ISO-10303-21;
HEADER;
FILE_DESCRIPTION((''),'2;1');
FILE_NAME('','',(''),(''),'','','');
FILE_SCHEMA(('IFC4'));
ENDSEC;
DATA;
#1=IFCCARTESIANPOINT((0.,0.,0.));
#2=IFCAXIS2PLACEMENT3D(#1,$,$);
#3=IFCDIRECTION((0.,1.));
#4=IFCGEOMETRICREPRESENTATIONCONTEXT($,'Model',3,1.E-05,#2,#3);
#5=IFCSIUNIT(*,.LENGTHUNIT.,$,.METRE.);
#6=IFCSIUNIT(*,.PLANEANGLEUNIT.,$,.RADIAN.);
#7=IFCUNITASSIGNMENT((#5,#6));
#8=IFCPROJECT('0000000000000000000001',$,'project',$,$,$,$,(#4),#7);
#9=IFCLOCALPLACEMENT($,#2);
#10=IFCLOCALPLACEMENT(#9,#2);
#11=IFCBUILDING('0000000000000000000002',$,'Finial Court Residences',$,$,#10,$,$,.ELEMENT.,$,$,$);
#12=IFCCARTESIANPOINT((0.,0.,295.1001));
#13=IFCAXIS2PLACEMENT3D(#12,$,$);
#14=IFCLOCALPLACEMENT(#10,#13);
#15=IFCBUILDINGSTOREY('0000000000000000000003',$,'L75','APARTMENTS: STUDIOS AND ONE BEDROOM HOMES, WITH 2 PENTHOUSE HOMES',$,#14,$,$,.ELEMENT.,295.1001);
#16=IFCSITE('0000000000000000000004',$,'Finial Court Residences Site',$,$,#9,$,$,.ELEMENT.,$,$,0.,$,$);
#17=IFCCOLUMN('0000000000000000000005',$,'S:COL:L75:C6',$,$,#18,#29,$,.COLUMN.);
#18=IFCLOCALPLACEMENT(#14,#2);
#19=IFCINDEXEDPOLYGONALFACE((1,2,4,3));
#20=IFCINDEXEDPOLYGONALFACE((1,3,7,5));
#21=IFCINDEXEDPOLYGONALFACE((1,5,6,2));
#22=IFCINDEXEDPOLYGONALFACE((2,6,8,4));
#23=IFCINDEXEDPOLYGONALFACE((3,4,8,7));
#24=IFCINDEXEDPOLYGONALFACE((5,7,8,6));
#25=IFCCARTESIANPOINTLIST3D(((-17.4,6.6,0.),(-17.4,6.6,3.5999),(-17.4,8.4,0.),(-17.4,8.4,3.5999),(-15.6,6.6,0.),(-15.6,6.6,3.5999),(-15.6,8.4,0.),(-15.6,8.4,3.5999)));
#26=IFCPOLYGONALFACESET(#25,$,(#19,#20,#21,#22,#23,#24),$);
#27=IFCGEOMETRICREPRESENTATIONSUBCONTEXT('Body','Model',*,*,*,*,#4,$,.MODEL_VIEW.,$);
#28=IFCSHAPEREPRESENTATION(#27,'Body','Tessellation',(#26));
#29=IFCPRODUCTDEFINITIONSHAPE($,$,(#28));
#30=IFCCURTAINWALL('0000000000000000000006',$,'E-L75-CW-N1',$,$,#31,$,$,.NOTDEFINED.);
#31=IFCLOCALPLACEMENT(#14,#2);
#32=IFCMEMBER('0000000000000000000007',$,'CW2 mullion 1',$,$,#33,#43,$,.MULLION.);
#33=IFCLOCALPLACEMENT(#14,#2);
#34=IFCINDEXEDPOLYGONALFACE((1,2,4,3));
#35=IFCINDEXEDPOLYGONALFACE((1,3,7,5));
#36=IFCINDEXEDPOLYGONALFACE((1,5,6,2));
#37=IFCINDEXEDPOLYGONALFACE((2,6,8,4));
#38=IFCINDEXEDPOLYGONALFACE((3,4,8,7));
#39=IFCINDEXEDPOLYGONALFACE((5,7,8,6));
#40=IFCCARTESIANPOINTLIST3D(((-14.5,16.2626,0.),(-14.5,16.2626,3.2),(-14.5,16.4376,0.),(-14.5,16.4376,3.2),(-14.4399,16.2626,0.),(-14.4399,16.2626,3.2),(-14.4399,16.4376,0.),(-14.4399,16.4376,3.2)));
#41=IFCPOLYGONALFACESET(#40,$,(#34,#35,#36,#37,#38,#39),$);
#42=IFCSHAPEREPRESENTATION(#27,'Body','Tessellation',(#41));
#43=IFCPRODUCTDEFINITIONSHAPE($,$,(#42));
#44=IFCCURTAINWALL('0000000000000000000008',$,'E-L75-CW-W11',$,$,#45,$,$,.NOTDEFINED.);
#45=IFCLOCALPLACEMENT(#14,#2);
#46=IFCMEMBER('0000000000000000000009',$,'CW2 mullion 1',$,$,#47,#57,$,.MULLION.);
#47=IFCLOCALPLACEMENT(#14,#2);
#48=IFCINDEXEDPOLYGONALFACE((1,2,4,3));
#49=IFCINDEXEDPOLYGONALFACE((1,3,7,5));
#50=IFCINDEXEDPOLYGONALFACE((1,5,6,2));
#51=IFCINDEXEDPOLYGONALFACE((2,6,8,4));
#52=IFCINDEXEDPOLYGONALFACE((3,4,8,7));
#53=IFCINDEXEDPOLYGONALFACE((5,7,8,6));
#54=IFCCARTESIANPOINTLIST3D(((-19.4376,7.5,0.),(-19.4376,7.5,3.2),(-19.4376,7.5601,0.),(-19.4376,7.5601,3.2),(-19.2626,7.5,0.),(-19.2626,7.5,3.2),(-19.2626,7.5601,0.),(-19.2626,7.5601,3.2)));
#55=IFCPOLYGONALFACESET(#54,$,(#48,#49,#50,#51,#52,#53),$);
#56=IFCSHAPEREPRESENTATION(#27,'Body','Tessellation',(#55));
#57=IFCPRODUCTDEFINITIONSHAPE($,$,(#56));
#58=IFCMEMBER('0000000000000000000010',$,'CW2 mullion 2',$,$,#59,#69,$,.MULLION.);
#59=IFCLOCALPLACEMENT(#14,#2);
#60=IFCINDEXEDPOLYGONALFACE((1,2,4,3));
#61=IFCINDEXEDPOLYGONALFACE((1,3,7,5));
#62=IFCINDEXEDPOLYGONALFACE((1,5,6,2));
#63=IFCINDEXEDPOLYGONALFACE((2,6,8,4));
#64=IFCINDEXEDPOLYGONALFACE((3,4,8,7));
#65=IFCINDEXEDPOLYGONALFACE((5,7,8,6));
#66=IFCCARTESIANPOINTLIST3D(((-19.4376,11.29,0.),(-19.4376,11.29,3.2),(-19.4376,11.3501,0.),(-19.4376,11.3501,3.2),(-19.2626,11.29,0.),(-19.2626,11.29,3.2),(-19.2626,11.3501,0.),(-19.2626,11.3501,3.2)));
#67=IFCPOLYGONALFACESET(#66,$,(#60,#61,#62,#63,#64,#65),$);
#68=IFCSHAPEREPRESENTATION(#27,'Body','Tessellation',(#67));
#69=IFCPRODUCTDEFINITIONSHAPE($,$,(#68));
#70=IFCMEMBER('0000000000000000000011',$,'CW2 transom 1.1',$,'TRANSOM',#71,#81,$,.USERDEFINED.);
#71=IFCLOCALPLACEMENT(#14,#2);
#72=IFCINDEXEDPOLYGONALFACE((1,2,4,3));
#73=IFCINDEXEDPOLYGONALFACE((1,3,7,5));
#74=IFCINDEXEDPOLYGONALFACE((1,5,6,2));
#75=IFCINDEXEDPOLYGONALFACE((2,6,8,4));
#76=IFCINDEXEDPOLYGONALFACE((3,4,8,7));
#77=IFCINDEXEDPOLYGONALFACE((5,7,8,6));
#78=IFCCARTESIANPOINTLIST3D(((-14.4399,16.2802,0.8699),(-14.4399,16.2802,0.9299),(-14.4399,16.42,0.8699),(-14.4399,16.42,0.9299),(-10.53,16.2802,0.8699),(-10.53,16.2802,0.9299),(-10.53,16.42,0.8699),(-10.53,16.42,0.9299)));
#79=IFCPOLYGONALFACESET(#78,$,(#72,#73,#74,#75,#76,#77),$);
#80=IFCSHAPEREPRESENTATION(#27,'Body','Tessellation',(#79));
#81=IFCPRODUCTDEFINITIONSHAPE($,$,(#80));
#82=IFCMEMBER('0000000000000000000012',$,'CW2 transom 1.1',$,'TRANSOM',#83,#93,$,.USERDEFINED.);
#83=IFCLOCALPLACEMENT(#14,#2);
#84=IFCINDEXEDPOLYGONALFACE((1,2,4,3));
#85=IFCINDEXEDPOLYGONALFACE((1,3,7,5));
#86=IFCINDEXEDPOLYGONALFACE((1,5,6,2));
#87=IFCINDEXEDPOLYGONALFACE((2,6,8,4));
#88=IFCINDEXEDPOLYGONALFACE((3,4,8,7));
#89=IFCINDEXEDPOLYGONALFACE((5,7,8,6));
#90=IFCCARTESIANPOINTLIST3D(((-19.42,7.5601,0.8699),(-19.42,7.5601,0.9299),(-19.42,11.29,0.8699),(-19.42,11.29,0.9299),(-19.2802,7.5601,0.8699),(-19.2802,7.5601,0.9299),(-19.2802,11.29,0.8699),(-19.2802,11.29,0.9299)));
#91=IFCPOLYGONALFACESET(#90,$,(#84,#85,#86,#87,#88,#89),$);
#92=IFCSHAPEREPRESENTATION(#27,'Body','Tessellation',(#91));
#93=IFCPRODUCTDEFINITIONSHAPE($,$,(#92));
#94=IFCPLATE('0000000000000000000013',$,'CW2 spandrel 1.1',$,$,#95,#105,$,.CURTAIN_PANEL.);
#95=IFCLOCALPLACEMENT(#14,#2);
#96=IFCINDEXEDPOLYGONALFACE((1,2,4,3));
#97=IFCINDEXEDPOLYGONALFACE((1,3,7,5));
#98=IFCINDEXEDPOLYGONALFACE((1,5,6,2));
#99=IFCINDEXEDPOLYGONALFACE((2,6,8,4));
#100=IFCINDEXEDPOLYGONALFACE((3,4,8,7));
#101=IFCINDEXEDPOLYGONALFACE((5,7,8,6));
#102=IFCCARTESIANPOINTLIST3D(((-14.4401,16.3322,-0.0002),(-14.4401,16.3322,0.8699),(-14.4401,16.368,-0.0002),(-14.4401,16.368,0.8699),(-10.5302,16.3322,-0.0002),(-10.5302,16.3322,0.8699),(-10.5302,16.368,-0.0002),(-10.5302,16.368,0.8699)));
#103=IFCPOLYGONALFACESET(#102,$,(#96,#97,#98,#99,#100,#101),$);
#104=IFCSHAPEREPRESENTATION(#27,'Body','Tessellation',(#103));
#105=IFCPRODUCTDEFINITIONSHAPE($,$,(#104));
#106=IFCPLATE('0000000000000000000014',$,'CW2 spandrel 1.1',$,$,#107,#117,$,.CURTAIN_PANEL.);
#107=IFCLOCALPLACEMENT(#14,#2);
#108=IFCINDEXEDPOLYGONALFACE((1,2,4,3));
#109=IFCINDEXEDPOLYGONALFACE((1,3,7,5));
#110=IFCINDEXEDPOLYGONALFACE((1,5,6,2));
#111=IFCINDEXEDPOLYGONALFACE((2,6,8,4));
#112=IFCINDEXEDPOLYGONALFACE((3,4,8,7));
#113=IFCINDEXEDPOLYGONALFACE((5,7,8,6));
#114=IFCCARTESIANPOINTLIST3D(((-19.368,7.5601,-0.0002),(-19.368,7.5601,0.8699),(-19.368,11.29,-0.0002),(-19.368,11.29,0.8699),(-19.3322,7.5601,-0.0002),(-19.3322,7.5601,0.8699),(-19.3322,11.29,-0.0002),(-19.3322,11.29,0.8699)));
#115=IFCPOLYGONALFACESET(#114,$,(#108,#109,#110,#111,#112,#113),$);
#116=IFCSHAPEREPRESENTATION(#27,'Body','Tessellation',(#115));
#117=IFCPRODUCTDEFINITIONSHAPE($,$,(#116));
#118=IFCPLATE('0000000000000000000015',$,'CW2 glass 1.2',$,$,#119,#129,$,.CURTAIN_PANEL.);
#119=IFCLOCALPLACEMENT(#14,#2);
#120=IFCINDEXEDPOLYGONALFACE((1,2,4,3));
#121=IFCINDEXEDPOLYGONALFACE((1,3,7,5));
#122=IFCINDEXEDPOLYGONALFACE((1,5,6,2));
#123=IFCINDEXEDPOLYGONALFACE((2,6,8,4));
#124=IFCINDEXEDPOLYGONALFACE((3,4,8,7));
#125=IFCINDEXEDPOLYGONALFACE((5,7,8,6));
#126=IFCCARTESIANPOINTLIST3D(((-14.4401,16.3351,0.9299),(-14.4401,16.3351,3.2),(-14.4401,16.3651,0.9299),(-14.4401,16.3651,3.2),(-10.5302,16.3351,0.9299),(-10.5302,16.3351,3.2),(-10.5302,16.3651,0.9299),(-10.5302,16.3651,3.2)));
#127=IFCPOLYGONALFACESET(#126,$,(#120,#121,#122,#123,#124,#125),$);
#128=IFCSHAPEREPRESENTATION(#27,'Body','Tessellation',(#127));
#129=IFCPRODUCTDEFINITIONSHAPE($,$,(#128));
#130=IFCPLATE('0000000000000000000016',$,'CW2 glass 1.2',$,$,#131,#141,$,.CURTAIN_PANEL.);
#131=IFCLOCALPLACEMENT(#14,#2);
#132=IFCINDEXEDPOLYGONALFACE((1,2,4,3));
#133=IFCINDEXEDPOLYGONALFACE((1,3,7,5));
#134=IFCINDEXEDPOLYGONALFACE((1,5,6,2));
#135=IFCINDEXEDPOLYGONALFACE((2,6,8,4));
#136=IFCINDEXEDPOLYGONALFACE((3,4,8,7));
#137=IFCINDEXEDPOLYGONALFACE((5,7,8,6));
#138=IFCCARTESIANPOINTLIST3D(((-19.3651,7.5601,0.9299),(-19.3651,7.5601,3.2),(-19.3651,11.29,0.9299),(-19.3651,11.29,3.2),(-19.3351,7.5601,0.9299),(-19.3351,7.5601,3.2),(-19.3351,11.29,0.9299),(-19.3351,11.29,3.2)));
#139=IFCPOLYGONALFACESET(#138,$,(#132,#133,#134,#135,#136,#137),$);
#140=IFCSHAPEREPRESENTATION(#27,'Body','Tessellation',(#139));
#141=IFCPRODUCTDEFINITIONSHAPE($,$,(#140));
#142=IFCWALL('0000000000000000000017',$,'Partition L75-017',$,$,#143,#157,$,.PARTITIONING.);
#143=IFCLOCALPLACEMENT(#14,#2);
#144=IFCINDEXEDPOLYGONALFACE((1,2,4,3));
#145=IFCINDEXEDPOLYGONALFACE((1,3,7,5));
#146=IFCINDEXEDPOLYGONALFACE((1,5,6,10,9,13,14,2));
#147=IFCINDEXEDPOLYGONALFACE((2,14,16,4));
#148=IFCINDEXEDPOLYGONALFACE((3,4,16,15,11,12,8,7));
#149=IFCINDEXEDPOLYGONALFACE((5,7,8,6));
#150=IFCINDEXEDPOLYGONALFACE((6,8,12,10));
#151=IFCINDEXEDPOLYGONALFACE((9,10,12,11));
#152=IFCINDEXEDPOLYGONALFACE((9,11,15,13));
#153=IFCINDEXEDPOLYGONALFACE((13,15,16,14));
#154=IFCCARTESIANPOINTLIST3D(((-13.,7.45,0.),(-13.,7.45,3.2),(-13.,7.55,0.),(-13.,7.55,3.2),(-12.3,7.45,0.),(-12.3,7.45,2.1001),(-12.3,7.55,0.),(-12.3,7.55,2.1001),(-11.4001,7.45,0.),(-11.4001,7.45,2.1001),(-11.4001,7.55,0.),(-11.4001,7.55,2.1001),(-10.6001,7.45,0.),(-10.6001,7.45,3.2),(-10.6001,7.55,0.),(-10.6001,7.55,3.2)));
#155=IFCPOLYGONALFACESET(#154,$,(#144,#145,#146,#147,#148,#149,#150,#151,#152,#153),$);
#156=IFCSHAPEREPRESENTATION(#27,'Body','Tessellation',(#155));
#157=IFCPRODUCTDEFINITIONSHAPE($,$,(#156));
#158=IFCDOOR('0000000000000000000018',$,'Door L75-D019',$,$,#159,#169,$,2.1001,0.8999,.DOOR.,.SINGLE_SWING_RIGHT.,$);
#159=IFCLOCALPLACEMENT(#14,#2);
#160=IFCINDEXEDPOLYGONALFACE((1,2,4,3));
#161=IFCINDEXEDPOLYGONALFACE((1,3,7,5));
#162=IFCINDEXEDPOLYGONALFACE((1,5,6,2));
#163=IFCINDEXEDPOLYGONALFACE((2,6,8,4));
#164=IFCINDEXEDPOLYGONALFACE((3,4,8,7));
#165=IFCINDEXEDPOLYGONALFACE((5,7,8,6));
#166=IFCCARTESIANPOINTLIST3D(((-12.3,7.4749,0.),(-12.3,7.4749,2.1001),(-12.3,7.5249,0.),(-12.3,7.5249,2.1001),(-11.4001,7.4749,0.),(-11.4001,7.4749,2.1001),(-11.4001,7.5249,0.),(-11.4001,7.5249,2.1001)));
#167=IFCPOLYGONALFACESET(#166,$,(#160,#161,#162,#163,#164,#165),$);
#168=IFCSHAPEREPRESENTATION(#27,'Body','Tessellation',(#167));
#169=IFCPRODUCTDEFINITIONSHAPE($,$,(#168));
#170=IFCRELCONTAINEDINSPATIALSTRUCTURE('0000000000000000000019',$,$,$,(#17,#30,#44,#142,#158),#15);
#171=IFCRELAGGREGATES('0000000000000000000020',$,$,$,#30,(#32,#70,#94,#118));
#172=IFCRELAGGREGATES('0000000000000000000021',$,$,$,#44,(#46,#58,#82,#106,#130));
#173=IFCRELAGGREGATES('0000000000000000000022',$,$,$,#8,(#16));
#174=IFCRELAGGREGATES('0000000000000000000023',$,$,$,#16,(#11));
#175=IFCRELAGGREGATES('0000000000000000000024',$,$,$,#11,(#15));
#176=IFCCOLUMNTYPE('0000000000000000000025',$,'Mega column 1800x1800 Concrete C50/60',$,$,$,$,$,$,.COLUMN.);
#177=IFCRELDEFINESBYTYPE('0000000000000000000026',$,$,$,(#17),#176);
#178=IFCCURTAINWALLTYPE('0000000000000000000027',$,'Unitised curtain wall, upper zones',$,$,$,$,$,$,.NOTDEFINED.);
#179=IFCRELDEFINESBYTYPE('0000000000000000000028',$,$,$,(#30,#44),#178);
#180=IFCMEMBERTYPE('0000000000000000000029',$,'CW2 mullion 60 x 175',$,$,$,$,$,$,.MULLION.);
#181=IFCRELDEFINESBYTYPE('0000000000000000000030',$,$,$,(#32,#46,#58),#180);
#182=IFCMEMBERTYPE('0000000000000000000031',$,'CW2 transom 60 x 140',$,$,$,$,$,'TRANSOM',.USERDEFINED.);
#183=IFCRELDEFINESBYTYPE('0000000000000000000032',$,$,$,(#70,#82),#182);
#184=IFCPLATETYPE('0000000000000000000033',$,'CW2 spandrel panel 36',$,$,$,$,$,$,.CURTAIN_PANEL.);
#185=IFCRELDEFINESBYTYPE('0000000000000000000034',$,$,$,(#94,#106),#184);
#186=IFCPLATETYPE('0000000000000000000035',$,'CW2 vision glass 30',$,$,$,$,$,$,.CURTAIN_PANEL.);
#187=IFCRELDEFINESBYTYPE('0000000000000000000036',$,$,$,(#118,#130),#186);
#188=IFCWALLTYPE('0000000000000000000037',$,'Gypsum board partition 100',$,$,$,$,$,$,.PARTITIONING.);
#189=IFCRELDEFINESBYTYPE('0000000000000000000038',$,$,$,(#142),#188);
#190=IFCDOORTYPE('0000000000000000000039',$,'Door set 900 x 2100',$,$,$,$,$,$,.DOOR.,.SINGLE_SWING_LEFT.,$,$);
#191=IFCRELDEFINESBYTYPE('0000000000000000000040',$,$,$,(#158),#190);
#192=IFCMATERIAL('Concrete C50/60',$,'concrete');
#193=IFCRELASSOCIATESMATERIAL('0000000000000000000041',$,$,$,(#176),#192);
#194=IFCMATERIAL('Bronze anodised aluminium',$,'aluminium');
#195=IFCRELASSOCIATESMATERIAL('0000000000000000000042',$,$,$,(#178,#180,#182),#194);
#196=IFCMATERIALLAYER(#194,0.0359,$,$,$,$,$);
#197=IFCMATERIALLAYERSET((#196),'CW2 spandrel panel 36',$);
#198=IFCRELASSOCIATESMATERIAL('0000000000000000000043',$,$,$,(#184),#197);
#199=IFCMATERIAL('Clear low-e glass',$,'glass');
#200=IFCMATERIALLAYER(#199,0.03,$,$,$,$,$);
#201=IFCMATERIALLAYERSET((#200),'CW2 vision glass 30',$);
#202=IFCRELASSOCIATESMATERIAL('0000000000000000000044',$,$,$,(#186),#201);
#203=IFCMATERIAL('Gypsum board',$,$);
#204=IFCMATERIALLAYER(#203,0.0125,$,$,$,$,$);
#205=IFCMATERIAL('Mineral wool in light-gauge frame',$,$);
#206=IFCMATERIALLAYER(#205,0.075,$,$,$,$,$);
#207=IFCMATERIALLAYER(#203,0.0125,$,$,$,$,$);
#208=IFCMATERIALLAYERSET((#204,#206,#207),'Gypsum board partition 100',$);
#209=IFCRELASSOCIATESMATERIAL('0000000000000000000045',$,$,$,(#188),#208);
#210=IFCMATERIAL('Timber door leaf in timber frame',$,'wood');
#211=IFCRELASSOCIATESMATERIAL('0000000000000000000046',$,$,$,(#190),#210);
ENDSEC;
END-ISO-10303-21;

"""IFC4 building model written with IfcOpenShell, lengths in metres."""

from ifc_helpers import new_model, si_unit, direction, frame, frame_2d, origin, origin_2d, place, context, subcontext, project, spatial, rectangle, extrude, material, layer, layer_set, material_profile, profile_set, type_object, element, fill, aggregate, save


model = new_model("IFC4")

# Units and contexts
model_context = context("Model", 3, precision=1e-05, world=origin(), true_north=direction((0.0, 1.0)))
body_context = subcontext(model_context, "Body", "Model", "MODEL_VIEW")
ifc_project = project(units=[si_unit("LENGTHUNIT", "METRE"), si_unit("PLANEANGLEUNIT", "RADIAN")], contexts=[model_context])

# Site, building, storey
site_placement = place(None, origin())
site = spatial("IfcSite", under=ifc_project, at=site_placement, Name="Finial Court Residences Site", CompositionType="ELEMENT", RefElevation=0.0)
building_placement = place(site_placement, origin())
building = spatial("IfcBuilding", under=site, at=building_placement, Name="Finial Court Residences", CompositionType="ELEMENT")
storey_placement = place(building_placement, frame((0.0, 0.0, 295.1001)))
storey = spatial("IfcBuildingStorey", under=building, at=storey_placement, Name="L75", Description="APARTMENTS: STUDIOS AND ONE BEDROOM HOMES, WITH 2 PENTHOUSE HOMES", CompositionType="ELEMENT", Elevation=295.1001)

# Column
ifc_material_1 = material(Name="Concrete C50/60", Category="concrete")
ifc_material_profile_1 = material_profile(ifc_material_1, rectangle(XDim=1.8, YDim=1.8, at=origin_2d()), Name="1800x1800")
ifc_profile_set_1 = profile_set([ifc_material_profile_1], Name="Concrete C50/60")
column_type = type_object("IfcColumnType", Name="Mega column 1800x1800 Concrete C50/60", PredefinedType="COLUMN", material=ifc_profile_set_1)
column_placement = place(storey_placement, frame((-16.5, 7.5, 0.0), z_axis=(0.0, 0.0, 1.0), x_axis=(1.0, 0.0, 0.0)))
element("IfcColumn", 1, at=column_placement, inside=storey, type_object=column_type, Name="S:COL:L75:C6", PredefinedType="COLUMN", context=body_context, shape_type="SweptSolid", body=[
    extrude(rectangle(XDim=1.8, YDim=1.8, at=origin_2d()), origin(), (0.0, 0.0, 1.0), 3.5999),
])

# Curtain wall, member
ifc_material_2 = material(Name="Bronze anodised aluminium", Category="aluminium")
curtain_wall_type = type_object("IfcCurtainWallType", Name="Unitised curtain wall, upper zones", PredefinedType="NOTDEFINED", material=ifc_material_2)
curtain_wall_1_placement = place(storey_placement, origin())
curtain_wall_1 = element("IfcCurtainWall", 2, at=curtain_wall_1_placement, inside=storey, type_object=curtain_wall_type, Name="E-L75-CW-N1", PredefinedType="NOTDEFINED")
ifc_material_profile_2 = material_profile(ifc_material_2, rectangle(XDim=0.175, YDim=0.0601, at=origin_2d()), Name="CW2 mullion 60 x 175")
ifc_profile_set_2 = profile_set([ifc_material_profile_2], Name="Bronze anodised aluminium")
member_type_1 = type_object("IfcMemberType", Name="CW2 mullion 60 x 175", PredefinedType="MULLION", material=ifc_profile_set_2)
member_1_placement = place(storey_placement, frame((-14.47, 16.3501, 0.0), z_axis=(0.0, 0.0, 1.0), x_axis=(0.0, 1.0, 0.0)))
member_1 = element("IfcMember", 3, at=member_1_placement, type_object=member_type_1, Name="CW2 mullion 1", PredefinedType="MULLION", context=body_context, shape_type="SweptSolid", body=[
    extrude(rectangle(XDim=0.175, YDim=0.0601, at=origin_2d()), origin(), (0.0, 0.0, 1.0), 3.2),
])

# Curtain wall, members
curtain_wall_2_placement = place(storey_placement, origin())
curtain_wall_2 = element("IfcCurtainWall", 4, at=curtain_wall_2_placement, inside=storey, type_object=curtain_wall_type, Name="E-L75-CW-W11", PredefinedType="NOTDEFINED")
member_2_placement = place(storey_placement, frame((-19.3501, 7.53, 0.0), z_axis=(0.0, 0.0, 1.0), x_axis=(-1.0, 0.0, 0.0)))
member_2 = element("IfcMember", 5, at=member_2_placement, type_object=member_type_1, Name="CW2 mullion 1", PredefinedType="MULLION", context=body_context, shape_type="SweptSolid", body=[
    extrude(rectangle(XDim=0.175, YDim=0.0601, at=origin_2d()), origin(), (0.0, 0.0, 1.0), 3.2),
])
member_3_placement = place(storey_placement, frame((-19.3501, 11.3201, 0.0), z_axis=(0.0, 0.0, 1.0), x_axis=(-1.0, 0.0, 0.0)))
member_3 = element("IfcMember", 6, at=member_3_placement, type_object=member_type_1, Name="CW2 mullion 2", PredefinedType="MULLION", context=body_context, shape_type="SweptSolid", body=[
    extrude(rectangle(XDim=0.175, YDim=0.0601, at=origin_2d()), origin(), (0.0, 0.0, 1.0), 3.2),
])

# Members
ifc_material_profile_3 = material_profile(ifc_material_2, rectangle(XDim=0.1399, YDim=0.0601, at=origin_2d()), Name="CW2 transom 60 x 140")
ifc_profile_set_3 = profile_set([ifc_material_profile_3], Name="Bronze anodised aluminium")
member_type_2 = type_object("IfcMemberType", Name="CW2 transom 60 x 140", ElementType="TRANSOM", PredefinedType="USERDEFINED", material=ifc_profile_set_3)
member_4_placement = place(storey_placement, frame((-14.4399, 16.3501, 0.8999), z_axis=(1.0, 0.0, 0.0), x_axis=(0.0, 1.0, 0.0)))
member_4 = element("IfcMember", 7, at=member_4_placement, type_object=member_type_2, Name="CW2 transom 1.1", ObjectType="TRANSOM", PredefinedType="USERDEFINED", context=body_context, shape_type="SweptSolid", body=[
    extrude(rectangle(XDim=0.1399, YDim=0.0601, at=origin_2d()), origin(), (0.0, 0.0, 1.0), 3.9099),
])
member_5_placement = place(storey_placement, frame((-19.3501, 7.5601, 0.8999), z_axis=(0.0, 1.0, 0.0), x_axis=(-1.0, 0.0, 0.0)))
member_5 = element("IfcMember", 8, at=member_5_placement, type_object=member_type_2, Name="CW2 transom 1.1", ObjectType="TRANSOM", PredefinedType="USERDEFINED", context=body_context, shape_type="SweptSolid", body=[
    extrude(rectangle(XDim=0.1399, YDim=0.0601, at=origin_2d()), origin(), (0.0, 0.0, 1.0), 3.73),
])

# Plates
ifc_layer_1 = layer(ifc_material_2, 0.0359)
ifc_layer_set_1 = layer_set([ifc_layer_1], Name="CW2 spandrel panel 36")
plate_type_1 = type_object("IfcPlateType", Name="CW2 spandrel panel 36", PredefinedType="CURTAIN_PANEL", material=ifc_layer_set_1)
plate_1_placement = place(storey_placement, frame((-12.4851, 16.3501, -0.0002), z_axis=(0.0, 0.0, 1.0), x_axis=(1.0, 0.0, 0.0)))
plate_1 = element("IfcPlate", 9, at=plate_1_placement, type_object=plate_type_1, Name="CW2 spandrel 1.1", PredefinedType="CURTAIN_PANEL", context=body_context, shape_type="SweptSolid", body=[
    extrude(rectangle(XDim=3.9099, YDim=0.0359, at=origin_2d()), origin(), (0.0, 0.0, 1.0), 0.8701),
])
plate_2_placement = place(storey_placement, frame((-19.3501, 9.425, -0.0002), z_axis=(0.0, 0.0, 1.0), x_axis=(0.0, 1.0, 0.0)))
plate_2 = element("IfcPlate", 10, at=plate_2_placement, type_object=plate_type_1, Name="CW2 spandrel 1.1", PredefinedType="CURTAIN_PANEL", context=body_context, shape_type="SweptSolid", body=[
    extrude(rectangle(XDim=3.73, YDim=0.0359, at=origin_2d()), origin(), (0.0, 0.0, 1.0), 0.8701),
])
ifc_material_3 = material(Name="Clear low-e glass", Category="glass")
ifc_layer_2 = layer(ifc_material_3, 0.03)
ifc_layer_set_2 = layer_set([ifc_layer_2], Name="CW2 vision glass 30")
plate_type_2 = type_object("IfcPlateType", Name="CW2 vision glass 30", PredefinedType="CURTAIN_PANEL", material=ifc_layer_set_2)
plate_3_placement = place(storey_placement, frame((-12.4851, 16.3501, 0.9299), z_axis=(0.0, 0.0, 1.0), x_axis=(1.0, 0.0, 0.0)))
plate_3 = element("IfcPlate", 11, at=plate_3_placement, type_object=plate_type_2, Name="CW2 glass 1.2", PredefinedType="CURTAIN_PANEL", context=body_context, shape_type="SweptSolid", body=[
    extrude(rectangle(XDim=3.9099, YDim=0.03, at=origin_2d()), origin(), (0.0, 0.0, 1.0), 2.27),
])
aggregate(curtain_wall_1, [member_1, member_4, plate_1, plate_3])
plate_4_placement = place(storey_placement, frame((-19.3501, 9.425, 0.9299), z_axis=(0.0, 0.0, 1.0), x_axis=(0.0, 1.0, 0.0)))
plate_4 = element("IfcPlate", 12, at=plate_4_placement, type_object=plate_type_2, Name="CW2 glass 1.2", PredefinedType="CURTAIN_PANEL", context=body_context, shape_type="SweptSolid", body=[
    extrude(rectangle(XDim=3.73, YDim=0.03, at=origin_2d()), origin(), (0.0, 0.0, 1.0), 2.27),
])
aggregate(curtain_wall_2, [member_2, member_3, member_5, plate_2, plate_4])

# Wall, opening, door
ifc_material_4 = material(Name="Gypsum board")
ifc_layer_3 = layer(ifc_material_4, 0.0125)
ifc_material_5 = material(Name="Mineral wool in light-gauge frame")
ifc_layer_4 = layer(ifc_material_5, 0.075)
ifc_layer_5 = layer(ifc_material_4, 0.0125)
ifc_layer_set_3 = layer_set([ifc_layer_3, ifc_layer_4, ifc_layer_5], Name="Gypsum board partition 100")
wall_type_1 = type_object("IfcWallType", Name="Gypsum board partition 100", PredefinedType="PARTITIONING", material=ifc_layer_set_3)
wall_1_placement = place(storey_placement, frame((-13.0, 7.5, 0.0), z_axis=(0.0, 0.0, 1.0), x_axis=(1.0, 0.0, 0.0)))
wall_1 = element("IfcWall", 13, at=wall_1_placement, inside=storey, type_object=wall_type_1, Name="Partition L75-017", PredefinedType="PARTITIONING", context=body_context, shape_type="SweptSolid", body=[
    extrude(rectangle(XDim=2.3999, YDim=0.1001, at=frame_2d((1.2, 0.0))), origin(), (0.0, 0.0, 1.0), 3.2),
])
opening_1_placement = place(wall_1_placement, frame((0.7, 0.0, 0.0)))
opening_1 = element("IfcOpeningElement", 14, at=opening_1_placement, cuts=wall_1, PredefinedType="OPENING", context=body_context, shape_type="SweptSolid", body=[
    extrude(rectangle(XDim=0.8999, YDim=2.1001, at=frame_2d((0.45, 1.05))), frame((0.0, 0.0601, 0.0), z_axis=(0.0, -1.0, 0.0), x_axis=(1.0, 0.0, 0.0)), (0.0, 0.0, 1.0), 0.1201),
])
ifc_material_6 = material(Name="Timber door leaf in timber frame", Category="wood")
door_type = type_object("IfcDoorType", Name="Door set 900 x 2100", OperationType="SINGLE_SWING_LEFT", PredefinedType="DOOR", material=ifc_material_6)
door_placement = place(opening_1_placement, origin())
door = element("IfcDoor", 15, at=door_placement, inside=storey, type_object=door_type, Name="Door L75-D019", OperationType="SINGLE_SWING_RIGHT", OverallHeight=2.1001, OverallWidth=0.8999, PredefinedType="DOOR", context=body_context, shape_type="SweptSolid", body=[
    extrude(rectangle(XDim=0.8999, YDim=2.1001, at=frame_2d((0.45, 1.05))), frame((0.0, 0.0249, 0.0), z_axis=(0.0, -1.0, 0.0), x_axis=(1.0, 0.0, 0.0)), (0.0, 0.0, 1.0), 0.05),
])
fill(opening_1, door)

save(model, "model.ifc")
